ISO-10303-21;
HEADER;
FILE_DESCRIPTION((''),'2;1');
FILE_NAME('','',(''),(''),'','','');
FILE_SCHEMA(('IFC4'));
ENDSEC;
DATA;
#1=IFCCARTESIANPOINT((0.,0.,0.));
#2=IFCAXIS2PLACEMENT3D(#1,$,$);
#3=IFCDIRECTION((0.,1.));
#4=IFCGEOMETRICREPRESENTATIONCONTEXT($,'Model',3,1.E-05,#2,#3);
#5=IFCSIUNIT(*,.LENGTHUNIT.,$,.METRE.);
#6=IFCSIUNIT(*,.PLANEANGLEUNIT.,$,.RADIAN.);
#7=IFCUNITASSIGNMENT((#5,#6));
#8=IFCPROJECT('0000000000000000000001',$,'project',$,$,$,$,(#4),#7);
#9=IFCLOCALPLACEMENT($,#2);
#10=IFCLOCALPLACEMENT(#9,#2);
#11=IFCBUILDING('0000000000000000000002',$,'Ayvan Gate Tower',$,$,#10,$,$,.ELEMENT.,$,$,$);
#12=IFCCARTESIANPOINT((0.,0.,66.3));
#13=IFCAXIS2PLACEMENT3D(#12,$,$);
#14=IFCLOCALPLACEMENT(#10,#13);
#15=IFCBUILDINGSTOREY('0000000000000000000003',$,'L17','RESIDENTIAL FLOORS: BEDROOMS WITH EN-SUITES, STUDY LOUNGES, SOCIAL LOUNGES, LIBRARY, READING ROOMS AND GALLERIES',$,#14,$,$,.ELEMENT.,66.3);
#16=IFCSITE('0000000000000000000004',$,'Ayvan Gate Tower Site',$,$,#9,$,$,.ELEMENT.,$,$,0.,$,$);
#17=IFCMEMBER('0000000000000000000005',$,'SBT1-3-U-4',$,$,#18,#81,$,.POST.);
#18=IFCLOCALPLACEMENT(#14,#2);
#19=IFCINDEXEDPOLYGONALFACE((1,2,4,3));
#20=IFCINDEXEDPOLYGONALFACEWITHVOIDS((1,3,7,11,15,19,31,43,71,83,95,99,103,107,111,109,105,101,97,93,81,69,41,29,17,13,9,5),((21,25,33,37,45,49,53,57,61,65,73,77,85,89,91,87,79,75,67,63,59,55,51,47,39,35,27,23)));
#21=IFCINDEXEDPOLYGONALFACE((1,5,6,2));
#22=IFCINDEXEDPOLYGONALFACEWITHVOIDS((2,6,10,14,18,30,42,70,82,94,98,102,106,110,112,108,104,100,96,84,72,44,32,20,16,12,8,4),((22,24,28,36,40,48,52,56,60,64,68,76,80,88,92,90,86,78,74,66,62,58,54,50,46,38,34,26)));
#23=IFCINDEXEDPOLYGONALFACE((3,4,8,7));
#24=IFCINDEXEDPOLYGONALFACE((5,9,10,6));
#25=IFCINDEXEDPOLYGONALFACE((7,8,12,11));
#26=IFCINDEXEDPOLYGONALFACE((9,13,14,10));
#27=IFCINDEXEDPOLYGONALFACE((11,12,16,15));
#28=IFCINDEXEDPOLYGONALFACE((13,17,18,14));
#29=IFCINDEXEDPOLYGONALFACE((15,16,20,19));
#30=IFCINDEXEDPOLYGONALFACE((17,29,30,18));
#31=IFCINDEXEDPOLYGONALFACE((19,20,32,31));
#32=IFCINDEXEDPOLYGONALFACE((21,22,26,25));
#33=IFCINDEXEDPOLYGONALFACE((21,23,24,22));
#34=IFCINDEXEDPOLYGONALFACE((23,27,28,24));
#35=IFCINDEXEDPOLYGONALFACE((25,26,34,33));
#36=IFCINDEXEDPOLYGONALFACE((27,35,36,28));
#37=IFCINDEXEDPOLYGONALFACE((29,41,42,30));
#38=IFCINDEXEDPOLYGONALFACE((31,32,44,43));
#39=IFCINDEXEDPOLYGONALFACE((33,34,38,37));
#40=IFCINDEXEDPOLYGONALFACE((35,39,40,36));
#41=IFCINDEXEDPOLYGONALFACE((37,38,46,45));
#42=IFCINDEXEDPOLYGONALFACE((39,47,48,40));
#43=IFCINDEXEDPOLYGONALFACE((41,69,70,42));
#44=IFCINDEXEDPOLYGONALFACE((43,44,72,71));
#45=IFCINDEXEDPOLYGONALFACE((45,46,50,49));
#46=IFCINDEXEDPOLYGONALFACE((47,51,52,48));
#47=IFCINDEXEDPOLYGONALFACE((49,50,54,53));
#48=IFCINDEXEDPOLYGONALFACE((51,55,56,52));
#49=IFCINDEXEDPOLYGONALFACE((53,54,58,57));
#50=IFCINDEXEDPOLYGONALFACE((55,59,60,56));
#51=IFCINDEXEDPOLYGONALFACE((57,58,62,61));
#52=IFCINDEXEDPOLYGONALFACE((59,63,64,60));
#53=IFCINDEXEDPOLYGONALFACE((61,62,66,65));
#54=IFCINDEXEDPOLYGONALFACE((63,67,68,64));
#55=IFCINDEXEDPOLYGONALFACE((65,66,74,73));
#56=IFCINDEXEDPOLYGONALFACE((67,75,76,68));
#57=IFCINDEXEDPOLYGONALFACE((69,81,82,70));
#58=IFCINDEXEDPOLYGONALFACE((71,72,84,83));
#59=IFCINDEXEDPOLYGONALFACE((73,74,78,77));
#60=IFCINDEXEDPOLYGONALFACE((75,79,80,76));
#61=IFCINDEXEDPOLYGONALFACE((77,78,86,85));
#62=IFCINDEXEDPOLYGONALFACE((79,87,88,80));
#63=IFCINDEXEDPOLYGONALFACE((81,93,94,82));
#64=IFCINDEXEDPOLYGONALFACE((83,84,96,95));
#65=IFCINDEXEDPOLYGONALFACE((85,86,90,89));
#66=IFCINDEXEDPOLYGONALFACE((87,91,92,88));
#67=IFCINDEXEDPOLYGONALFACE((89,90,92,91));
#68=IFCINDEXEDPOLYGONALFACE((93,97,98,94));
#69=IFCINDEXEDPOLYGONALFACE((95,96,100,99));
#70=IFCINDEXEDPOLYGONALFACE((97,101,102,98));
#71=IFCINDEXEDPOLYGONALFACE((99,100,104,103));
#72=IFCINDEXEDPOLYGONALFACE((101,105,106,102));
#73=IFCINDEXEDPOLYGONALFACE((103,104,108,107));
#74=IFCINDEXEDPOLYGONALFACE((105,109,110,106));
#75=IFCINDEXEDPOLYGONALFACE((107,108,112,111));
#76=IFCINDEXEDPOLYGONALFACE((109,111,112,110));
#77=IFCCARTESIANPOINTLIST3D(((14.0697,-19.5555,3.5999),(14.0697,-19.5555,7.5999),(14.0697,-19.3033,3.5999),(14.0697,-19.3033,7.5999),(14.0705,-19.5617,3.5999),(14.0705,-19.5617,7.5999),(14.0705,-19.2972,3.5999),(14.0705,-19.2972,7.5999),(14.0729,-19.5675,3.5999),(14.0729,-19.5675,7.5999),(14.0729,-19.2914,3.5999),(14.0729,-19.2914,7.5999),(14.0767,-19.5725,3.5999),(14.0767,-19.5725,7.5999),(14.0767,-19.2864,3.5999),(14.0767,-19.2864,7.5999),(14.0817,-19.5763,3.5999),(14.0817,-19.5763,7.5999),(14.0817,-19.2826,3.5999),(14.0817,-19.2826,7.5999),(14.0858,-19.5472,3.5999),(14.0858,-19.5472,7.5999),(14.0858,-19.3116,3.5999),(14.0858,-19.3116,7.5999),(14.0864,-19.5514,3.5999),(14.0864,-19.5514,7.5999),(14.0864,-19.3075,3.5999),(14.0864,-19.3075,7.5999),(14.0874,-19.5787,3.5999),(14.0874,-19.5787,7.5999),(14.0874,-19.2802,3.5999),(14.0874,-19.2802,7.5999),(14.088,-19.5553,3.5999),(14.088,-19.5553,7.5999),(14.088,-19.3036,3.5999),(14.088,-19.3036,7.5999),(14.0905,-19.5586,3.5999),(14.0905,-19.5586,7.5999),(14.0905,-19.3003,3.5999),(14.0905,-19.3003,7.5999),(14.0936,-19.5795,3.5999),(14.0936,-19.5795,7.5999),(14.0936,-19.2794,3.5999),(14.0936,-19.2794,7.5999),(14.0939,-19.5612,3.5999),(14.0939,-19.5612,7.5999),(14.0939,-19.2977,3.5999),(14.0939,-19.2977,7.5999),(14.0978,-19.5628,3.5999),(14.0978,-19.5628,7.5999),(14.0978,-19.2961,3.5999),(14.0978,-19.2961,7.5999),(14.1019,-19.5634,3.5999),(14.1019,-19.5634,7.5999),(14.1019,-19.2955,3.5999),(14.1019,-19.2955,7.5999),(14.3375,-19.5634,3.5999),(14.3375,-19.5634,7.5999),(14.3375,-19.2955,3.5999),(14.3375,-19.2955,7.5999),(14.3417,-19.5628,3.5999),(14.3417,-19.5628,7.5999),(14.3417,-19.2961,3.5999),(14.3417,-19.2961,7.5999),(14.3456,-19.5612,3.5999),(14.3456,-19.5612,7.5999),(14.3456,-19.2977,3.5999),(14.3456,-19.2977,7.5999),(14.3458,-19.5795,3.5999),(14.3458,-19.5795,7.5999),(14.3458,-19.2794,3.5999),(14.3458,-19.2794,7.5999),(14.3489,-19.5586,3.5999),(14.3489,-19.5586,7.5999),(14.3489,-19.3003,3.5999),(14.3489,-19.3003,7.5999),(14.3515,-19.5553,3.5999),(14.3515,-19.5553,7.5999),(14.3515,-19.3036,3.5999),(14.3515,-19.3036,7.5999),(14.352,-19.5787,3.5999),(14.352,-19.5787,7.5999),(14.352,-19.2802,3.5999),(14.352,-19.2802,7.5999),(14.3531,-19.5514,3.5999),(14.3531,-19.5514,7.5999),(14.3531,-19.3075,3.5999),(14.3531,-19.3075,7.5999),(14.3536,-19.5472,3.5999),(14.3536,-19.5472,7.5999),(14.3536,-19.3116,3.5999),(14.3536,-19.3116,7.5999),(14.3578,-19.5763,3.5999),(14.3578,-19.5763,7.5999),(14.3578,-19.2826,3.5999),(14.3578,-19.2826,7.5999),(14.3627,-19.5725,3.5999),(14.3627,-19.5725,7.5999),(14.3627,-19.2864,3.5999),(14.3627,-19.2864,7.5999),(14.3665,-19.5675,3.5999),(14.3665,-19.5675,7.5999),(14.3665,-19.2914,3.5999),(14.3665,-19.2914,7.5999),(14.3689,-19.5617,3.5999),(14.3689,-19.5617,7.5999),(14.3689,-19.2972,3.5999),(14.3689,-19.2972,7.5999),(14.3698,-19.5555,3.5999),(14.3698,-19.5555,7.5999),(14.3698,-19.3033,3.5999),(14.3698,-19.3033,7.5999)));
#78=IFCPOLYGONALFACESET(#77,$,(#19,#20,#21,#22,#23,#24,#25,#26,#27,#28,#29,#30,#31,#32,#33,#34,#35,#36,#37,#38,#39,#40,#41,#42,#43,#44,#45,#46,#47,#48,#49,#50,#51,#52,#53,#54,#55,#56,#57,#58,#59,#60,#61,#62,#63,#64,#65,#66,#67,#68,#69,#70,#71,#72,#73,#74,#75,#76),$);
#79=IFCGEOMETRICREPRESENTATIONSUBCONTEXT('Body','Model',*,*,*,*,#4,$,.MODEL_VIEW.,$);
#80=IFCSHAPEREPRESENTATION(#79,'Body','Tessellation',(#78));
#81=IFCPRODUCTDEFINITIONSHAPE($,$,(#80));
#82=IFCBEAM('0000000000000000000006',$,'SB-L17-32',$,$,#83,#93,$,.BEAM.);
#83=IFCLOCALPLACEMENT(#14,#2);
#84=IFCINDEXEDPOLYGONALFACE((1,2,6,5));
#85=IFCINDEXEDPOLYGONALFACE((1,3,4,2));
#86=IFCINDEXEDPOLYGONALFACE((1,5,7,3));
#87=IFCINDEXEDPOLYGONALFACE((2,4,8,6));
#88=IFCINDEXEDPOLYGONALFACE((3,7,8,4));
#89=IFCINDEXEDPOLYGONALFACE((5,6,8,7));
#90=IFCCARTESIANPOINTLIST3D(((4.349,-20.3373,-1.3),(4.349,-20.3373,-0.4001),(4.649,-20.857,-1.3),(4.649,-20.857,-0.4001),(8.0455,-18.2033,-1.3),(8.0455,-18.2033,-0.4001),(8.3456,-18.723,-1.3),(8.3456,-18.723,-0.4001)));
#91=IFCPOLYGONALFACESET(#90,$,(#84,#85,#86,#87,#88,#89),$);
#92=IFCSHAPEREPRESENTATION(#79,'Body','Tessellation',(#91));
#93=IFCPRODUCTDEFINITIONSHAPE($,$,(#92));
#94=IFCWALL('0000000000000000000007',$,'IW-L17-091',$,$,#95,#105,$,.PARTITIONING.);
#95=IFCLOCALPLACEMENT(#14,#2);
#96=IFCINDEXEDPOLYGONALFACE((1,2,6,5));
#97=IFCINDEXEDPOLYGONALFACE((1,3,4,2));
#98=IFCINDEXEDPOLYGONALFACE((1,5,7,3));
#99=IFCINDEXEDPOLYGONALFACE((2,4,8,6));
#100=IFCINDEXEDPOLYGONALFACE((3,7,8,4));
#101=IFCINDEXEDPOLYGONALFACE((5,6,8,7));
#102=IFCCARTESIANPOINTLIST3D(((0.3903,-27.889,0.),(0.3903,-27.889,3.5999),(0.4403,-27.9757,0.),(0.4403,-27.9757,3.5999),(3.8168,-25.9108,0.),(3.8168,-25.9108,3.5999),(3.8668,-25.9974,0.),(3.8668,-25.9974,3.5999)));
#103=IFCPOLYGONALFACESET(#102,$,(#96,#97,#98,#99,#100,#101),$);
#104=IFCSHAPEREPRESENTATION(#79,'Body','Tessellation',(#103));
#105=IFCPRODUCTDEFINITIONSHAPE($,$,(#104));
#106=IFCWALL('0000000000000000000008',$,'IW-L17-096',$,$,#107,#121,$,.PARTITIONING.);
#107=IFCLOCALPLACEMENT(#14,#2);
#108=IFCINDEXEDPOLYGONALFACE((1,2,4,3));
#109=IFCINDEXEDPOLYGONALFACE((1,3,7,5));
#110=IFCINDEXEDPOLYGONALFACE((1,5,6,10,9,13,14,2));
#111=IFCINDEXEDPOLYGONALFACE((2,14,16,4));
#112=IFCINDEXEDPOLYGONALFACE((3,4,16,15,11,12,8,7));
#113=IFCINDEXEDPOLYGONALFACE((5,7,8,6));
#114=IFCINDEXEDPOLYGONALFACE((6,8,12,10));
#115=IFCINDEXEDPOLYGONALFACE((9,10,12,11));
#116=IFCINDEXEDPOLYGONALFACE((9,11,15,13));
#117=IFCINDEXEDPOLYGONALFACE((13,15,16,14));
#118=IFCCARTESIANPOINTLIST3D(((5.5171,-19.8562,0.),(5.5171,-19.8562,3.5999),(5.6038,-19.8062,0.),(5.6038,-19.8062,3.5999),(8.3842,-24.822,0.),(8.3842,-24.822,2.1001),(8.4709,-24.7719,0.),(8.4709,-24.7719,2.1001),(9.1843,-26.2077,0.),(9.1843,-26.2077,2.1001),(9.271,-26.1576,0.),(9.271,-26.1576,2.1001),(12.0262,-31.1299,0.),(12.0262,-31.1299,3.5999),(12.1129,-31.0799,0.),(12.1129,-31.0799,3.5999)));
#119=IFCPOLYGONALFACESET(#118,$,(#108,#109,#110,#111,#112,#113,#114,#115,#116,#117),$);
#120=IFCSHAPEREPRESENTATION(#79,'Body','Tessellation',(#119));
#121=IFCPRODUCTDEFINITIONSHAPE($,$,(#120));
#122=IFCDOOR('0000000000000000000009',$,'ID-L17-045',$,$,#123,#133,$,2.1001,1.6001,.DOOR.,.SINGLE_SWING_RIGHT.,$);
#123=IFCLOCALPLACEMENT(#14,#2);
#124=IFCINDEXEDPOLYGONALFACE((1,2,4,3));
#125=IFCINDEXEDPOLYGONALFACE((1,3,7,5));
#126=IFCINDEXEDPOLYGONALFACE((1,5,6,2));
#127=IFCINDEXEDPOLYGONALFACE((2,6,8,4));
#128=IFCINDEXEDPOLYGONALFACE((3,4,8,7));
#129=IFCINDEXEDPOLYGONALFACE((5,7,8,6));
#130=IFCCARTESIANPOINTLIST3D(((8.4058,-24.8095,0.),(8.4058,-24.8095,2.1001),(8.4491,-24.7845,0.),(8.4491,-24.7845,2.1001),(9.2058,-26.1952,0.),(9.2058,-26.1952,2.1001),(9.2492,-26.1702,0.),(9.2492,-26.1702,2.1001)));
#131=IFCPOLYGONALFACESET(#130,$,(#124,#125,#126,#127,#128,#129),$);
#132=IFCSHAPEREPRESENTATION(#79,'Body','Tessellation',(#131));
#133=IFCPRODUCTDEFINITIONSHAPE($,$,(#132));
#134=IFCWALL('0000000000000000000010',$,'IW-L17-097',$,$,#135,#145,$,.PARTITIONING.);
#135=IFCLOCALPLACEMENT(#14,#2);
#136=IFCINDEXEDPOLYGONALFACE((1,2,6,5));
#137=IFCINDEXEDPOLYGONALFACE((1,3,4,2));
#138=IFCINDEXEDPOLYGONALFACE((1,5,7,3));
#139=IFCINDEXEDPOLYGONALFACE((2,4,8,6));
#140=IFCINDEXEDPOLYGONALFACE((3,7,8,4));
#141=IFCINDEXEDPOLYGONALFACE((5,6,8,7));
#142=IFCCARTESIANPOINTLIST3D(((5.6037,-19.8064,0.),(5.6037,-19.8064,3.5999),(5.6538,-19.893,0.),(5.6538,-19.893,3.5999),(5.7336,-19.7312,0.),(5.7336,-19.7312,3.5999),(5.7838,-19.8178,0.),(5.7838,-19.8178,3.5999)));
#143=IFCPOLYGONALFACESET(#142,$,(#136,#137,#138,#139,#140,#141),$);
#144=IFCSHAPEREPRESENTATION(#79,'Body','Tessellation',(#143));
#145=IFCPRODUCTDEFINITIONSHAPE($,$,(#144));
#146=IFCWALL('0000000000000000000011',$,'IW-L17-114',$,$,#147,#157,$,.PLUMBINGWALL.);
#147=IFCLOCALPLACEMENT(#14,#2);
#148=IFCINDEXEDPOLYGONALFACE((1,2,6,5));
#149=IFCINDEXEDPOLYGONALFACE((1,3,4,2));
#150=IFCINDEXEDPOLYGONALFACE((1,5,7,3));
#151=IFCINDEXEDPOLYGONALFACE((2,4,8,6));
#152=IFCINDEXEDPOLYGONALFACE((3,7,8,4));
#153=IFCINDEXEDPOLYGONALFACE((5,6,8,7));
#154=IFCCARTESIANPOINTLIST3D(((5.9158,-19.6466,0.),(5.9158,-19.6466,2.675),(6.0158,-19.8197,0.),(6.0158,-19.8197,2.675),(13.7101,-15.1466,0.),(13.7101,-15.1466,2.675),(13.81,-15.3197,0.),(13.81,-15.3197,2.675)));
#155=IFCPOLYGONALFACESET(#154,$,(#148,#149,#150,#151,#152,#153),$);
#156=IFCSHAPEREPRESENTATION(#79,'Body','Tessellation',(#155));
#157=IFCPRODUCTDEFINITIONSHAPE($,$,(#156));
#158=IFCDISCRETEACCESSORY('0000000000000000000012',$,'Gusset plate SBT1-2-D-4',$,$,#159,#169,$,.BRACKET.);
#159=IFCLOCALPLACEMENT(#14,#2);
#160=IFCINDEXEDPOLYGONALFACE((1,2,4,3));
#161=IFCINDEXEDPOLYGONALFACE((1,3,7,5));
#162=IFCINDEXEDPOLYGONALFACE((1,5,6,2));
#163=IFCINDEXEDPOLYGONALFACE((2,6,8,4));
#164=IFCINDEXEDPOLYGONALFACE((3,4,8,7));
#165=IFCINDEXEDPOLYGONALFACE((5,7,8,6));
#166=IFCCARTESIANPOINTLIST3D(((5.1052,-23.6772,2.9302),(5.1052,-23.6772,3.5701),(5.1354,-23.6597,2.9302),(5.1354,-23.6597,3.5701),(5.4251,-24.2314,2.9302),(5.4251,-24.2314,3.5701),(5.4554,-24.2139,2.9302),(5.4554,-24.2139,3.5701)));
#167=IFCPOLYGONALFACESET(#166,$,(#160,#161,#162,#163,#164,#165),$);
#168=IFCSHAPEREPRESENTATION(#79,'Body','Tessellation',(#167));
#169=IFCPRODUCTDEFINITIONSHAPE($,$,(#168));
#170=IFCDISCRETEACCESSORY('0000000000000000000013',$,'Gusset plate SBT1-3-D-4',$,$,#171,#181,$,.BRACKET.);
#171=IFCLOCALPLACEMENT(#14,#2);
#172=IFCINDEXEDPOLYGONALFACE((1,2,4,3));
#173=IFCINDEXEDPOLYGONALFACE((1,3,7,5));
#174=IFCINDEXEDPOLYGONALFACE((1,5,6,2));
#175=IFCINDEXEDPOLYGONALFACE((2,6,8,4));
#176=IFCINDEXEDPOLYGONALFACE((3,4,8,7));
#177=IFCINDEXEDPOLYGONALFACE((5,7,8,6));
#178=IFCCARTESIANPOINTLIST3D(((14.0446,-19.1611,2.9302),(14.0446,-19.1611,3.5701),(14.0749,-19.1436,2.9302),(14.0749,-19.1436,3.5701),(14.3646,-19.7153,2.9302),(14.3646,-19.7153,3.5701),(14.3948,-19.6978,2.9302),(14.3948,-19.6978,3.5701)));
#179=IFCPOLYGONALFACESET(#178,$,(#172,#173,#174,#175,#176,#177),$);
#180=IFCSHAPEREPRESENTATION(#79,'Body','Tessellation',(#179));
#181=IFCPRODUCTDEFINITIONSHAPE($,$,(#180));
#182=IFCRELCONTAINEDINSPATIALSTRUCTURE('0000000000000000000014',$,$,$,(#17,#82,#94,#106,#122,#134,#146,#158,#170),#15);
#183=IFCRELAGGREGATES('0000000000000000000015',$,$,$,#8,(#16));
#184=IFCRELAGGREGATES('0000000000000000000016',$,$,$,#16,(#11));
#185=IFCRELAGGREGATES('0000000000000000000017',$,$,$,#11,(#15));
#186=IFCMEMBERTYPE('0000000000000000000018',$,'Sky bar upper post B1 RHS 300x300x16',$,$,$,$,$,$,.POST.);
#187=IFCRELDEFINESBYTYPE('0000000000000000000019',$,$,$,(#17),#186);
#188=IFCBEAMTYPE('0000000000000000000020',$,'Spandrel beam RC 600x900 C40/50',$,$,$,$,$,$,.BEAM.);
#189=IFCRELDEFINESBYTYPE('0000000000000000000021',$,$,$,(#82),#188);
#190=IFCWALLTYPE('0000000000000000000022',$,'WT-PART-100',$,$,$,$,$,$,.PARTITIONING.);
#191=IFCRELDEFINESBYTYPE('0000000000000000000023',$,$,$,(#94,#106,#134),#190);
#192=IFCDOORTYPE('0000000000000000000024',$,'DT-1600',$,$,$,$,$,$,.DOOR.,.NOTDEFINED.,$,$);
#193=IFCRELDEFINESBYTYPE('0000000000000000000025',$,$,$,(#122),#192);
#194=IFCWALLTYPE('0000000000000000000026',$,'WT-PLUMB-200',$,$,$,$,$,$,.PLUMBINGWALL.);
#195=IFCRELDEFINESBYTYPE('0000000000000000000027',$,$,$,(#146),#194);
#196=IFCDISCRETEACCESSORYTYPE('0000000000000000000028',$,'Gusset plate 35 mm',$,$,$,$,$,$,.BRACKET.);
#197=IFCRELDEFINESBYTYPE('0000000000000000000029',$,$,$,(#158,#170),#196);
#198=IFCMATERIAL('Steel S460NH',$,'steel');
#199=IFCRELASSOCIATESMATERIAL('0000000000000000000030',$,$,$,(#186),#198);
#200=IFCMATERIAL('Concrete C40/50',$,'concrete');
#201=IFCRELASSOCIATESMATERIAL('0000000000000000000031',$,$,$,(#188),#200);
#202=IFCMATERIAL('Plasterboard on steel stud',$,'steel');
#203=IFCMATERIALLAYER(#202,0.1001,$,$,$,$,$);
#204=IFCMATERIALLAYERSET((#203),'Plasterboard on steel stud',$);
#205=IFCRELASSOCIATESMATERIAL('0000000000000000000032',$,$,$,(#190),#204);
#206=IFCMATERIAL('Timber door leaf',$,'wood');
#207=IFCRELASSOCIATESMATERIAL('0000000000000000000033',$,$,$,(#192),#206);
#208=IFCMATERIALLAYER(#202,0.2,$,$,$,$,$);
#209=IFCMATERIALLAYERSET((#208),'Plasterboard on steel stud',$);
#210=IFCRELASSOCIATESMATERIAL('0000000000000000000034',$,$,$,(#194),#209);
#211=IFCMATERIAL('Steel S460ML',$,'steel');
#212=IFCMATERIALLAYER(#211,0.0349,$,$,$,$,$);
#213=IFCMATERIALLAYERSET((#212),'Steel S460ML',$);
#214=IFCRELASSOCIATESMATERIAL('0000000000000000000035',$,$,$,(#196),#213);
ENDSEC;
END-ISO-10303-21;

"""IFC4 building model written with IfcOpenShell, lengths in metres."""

from ifc_helpers import new_model, si_unit, direction, frame, frame_2d, origin, origin_2d, place, context, subcontext, project, spatial, rectangle, hollow_rectangle, extrude, material, layer, layer_set, material_profile, profile_set, type_object, element, fill, save


model = new_model("IFC4")

# Units and contexts
model_context = context("Model", 3, precision=1e-05, world=origin(), true_north=direction((0.0, 1.0)))
body_context = subcontext(model_context, "Body", "Model", "MODEL_VIEW")
ifc_project = project(units=[si_unit("LENGTHUNIT", "METRE"), si_unit("PLANEANGLEUNIT", "RADIAN")], contexts=[model_context])

# Site, building, storey
site_placement = place(None, origin())
site = spatial("IfcSite", under=ifc_project, at=site_placement, Name="Ayvan Gate Tower Site", CompositionType="ELEMENT", RefElevation=0.0)
building_placement = place(site_placement, origin())
building = spatial("IfcBuilding", under=site, at=building_placement, Name="Ayvan Gate Tower", CompositionType="ELEMENT")
storey_placement = place(building_placement, frame((0.0, 0.0, 66.3)))
storey = spatial("IfcBuildingStorey", under=building, at=storey_placement, Name="L17", Description="RESIDENTIAL FLOORS: BEDROOMS WITH EN-SUITES, STUDY LOUNGES, SOCIAL LOUNGES, LIBRARY, READING ROOMS AND GALLERIES", CompositionType="ELEMENT", Elevation=66.3)

# Member
ifc_material_1 = material(Name="Steel S460NH", Category="steel")
ifc_material_profile_1 = material_profile(ifc_material_1, hollow_rectangle(XDim=0.3, YDim=0.3, WallThickness=0.0161, InnerFilletRadius=0.0161, OuterFilletRadius=0.0239, at=origin_2d()), Name="RHS 300x300x16")
ifc_profile_set_1 = profile_set([ifc_material_profile_1], Name="Steel S460NH")
member_type_1 = type_object("IfcMemberType", Name="Sky bar upper post B1 RHS 300x300x16", PredefinedType="POST", material=ifc_profile_set_1)
for number, where, z_axis, x_axis, name in (
    (1, (14.2197, -19.4294, 3.5999), (0.0, 0.0, 1.0), (1.0, 0.0, 0.0), "SBT1-3-U-4"),
):
    element("IfcMember", number, at=place(storey_placement, frame(where, z_axis=z_axis, x_axis=x_axis)), inside=storey, type_object=member_type_1, Name=name, PredefinedType="POST", context=body_context, shape_type="SweptSolid", body=[
        extrude(hollow_rectangle(XDim=0.3, YDim=0.3, WallThickness=0.0161, InnerFilletRadius=0.0161, OuterFilletRadius=0.0239, at=origin_2d()), origin(), (0.0, 0.0, 1.0), 4.0),
    ])

# Beam
ifc_material_2 = material(Name="Concrete C40/50", Category="concrete")
ifc_material_profile_2 = material_profile(ifc_material_2, rectangle(XDim=0.6001, YDim=0.8999, at=origin_2d()), Name="RC 600x900")
ifc_profile_set_2 = profile_set([ifc_material_profile_2], Name="Concrete C40/50")
beam_type = type_object("IfcBeamType", Name="Spandrel beam RC 600x900 C40/50", PredefinedType="BEAM", material=ifc_profile_set_2)
beam_placement = place(storey_placement, frame((4.499, -20.5972, -0.8501), z_axis=(0.866042, 0.499972, 0.0), x_axis=(-0.499972, 0.866042, 0.0)))
element("IfcBeam", 2, at=beam_placement, inside=storey, type_object=beam_type, Name="SB-L17-32", PredefinedType="BEAM", context=body_context, shape_type="SweptSolid", body=[
    extrude(rectangle(XDim=0.6001, YDim=0.8999, at=origin_2d()), origin(), (0.0, 0.0, 1.0), 4.2683),
])

# Wall
ifc_material_3 = material(Name="Plasterboard on steel stud", Category="steel")
ifc_layer_1 = layer(ifc_material_3, 0.1001)
ifc_layer_set_1 = layer_set([ifc_layer_1], Name="Plasterboard on steel stud")
wall_type_1 = type_object("IfcWallType", Name="WT-PART-100", PredefinedType="PARTITIONING", material=ifc_layer_set_1)
wall_1_placement = place(storey_placement, frame((3.8418, -25.9541, 0.0), z_axis=(0.0, 0.0, 1.0), x_axis=(-0.866028, -0.499995, 0.0)))
element("IfcWall", 3, at=wall_1_placement, inside=storey, type_object=wall_type_1, Name="IW-L17-091", PredefinedType="PARTITIONING", context=body_context, shape_type="SweptSolid", body=[
    extrude(rectangle(XDim=3.9565, YDim=0.1001, at=frame_2d((1.9783, 0.0))), origin(), (0.0, 0.0, 1.0), 3.5999),
])

# Wall, opening, door
wall_2_placement = place(storey_placement, frame((5.5605, -19.8313, 0.0), z_axis=(0.0, 0.0, 1.0), x_axis=(0.50001, -0.86602, 0.0)))
wall_2 = element("IfcWall", 4, at=wall_2_placement, inside=storey, type_object=wall_type_1, Name="IW-L17-096", PredefinedType="PARTITIONING", context=body_context, shape_type="SweptSolid", body=[
    extrude(rectangle(XDim=13.0178, YDim=0.1001, at=frame_2d((6.5088, 0.0))), origin(), (0.0, 0.0, 1.0), 3.5999),
])
opening_placement = place(wall_2_placement, frame((5.7339, 0.0, 0.0)))
opening = element("IfcOpeningElement", 5, at=opening_placement, cuts=wall_2, PredefinedType="OPENING", context=body_context, shape_type="SweptSolid", body=[
    extrude(rectangle(XDim=1.6001, YDim=2.1001, at=frame_2d((0.8, 1.05))), frame((0.0, 0.0601, 0.0), z_axis=(0.0, -1.0, 0.0), x_axis=(1.0, 0.0, 0.0)), (0.0, 0.0, 1.0), 0.1201),
])
ifc_material_4 = material(Name="Timber door leaf", Category="wood")
door_type = type_object("IfcDoorType", Name="DT-1600", OperationType="NOTDEFINED", PredefinedType="DOOR", material=ifc_material_4)
door_placement = place(opening_placement, origin())
door = element("IfcDoor", 6, at=door_placement, inside=storey, type_object=door_type, Name="ID-L17-045", OperationType="SINGLE_SWING_RIGHT", OverallHeight=2.1001, OverallWidth=1.6001, PredefinedType="DOOR", context=body_context, shape_type="SweptSolid", body=[
    extrude(rectangle(XDim=1.6001, YDim=2.1001, at=frame_2d((0.8, 1.05))), frame((0.0, 0.0249, 0.0), z_axis=(0.0, -1.0, 0.0), x_axis=(1.0, 0.0, 0.0)), (0.0, 0.0, 1.0), 0.05),
])
fill(opening, door)

# Walls
wall_3_placement = place(storey_placement, frame((5.7588, -19.7744, 0.0), z_axis=(0.0, 0.0, 1.0), x_axis=(-0.865426, -0.501036, 0.0)))
element("IfcWall", 7, at=wall_3_placement, inside=storey, type_object=wall_type_1, Name="IW-L17-097", PredefinedType="PARTITIONING", context=body_context, shape_type="SweptSolid", body=[
    extrude(rectangle(XDim=0.1501, YDim=0.1001, at=frame_2d((0.0752, 0.0))), origin(), (0.0, 0.0, 1.0), 3.5999),
])
ifc_layer_2 = layer(ifc_material_3, 0.2)
ifc_layer_set_2 = layer_set([ifc_layer_2], Name="Plasterboard on steel stud")
wall_type_2 = type_object("IfcWallType", Name="WT-PLUMB-200", PredefinedType="PLUMBINGWALL", material=ifc_layer_set_2)
wall_4_placement = place(storey_placement, frame((5.9658, -19.7332, 0.0), z_axis=(0.0, 0.0, 1.0), x_axis=(0.866024, 0.500002, 0.0)))
element("IfcWall", 8, at=wall_4_placement, inside=storey, type_object=wall_type_2, Name="IW-L17-114", PredefinedType="PLUMBINGWALL", context=body_context, shape_type="SweptSolid", body=[
    extrude(rectangle(XDim=9.0, YDim=0.2, at=frame_2d((4.5, 0.0))), origin(), (0.0, 0.0, 1.0), 2.675),
])

# Discrete accessories
ifc_material_5 = material(Name="Steel S460ML", Category="steel")
ifc_layer_3 = layer(ifc_material_5, 0.0349)
ifc_layer_set_3 = layer_set([ifc_layer_3], Name="Steel S460ML")
discrete_accessory_type = type_object("IfcDiscreteAccessoryType", Name="Gusset plate 35 mm", PredefinedType="BRACKET", material=ifc_layer_set_3)
for number, where, z_axis, x_axis, name in (
    (9, (5.2803, -23.9456, 2.9302), (0.0, 0.0, 1.0), (-0.5, 0.866025, 0.0), "Gusset plate SBT1-2-D-4"),
    (10, (14.2197, -19.4294, 2.9302), (0.0, 0.0, 1.0), (-0.5, 0.866025, 0.0), "Gusset plate SBT1-3-D-4"),
):
    element("IfcDiscreteAccessory", number, at=place(storey_placement, frame(where, z_axis=z_axis, x_axis=x_axis)), inside=storey, type_object=discrete_accessory_type, Name=name, PredefinedType="BRACKET", context=body_context, shape_type="SweptSolid", body=[
        extrude(rectangle(XDim=0.6399, YDim=0.0349, at=origin_2d()), origin(), (0.0, 0.0, 1.0), 0.6399),
    ])

save(model, "model.ifc")
